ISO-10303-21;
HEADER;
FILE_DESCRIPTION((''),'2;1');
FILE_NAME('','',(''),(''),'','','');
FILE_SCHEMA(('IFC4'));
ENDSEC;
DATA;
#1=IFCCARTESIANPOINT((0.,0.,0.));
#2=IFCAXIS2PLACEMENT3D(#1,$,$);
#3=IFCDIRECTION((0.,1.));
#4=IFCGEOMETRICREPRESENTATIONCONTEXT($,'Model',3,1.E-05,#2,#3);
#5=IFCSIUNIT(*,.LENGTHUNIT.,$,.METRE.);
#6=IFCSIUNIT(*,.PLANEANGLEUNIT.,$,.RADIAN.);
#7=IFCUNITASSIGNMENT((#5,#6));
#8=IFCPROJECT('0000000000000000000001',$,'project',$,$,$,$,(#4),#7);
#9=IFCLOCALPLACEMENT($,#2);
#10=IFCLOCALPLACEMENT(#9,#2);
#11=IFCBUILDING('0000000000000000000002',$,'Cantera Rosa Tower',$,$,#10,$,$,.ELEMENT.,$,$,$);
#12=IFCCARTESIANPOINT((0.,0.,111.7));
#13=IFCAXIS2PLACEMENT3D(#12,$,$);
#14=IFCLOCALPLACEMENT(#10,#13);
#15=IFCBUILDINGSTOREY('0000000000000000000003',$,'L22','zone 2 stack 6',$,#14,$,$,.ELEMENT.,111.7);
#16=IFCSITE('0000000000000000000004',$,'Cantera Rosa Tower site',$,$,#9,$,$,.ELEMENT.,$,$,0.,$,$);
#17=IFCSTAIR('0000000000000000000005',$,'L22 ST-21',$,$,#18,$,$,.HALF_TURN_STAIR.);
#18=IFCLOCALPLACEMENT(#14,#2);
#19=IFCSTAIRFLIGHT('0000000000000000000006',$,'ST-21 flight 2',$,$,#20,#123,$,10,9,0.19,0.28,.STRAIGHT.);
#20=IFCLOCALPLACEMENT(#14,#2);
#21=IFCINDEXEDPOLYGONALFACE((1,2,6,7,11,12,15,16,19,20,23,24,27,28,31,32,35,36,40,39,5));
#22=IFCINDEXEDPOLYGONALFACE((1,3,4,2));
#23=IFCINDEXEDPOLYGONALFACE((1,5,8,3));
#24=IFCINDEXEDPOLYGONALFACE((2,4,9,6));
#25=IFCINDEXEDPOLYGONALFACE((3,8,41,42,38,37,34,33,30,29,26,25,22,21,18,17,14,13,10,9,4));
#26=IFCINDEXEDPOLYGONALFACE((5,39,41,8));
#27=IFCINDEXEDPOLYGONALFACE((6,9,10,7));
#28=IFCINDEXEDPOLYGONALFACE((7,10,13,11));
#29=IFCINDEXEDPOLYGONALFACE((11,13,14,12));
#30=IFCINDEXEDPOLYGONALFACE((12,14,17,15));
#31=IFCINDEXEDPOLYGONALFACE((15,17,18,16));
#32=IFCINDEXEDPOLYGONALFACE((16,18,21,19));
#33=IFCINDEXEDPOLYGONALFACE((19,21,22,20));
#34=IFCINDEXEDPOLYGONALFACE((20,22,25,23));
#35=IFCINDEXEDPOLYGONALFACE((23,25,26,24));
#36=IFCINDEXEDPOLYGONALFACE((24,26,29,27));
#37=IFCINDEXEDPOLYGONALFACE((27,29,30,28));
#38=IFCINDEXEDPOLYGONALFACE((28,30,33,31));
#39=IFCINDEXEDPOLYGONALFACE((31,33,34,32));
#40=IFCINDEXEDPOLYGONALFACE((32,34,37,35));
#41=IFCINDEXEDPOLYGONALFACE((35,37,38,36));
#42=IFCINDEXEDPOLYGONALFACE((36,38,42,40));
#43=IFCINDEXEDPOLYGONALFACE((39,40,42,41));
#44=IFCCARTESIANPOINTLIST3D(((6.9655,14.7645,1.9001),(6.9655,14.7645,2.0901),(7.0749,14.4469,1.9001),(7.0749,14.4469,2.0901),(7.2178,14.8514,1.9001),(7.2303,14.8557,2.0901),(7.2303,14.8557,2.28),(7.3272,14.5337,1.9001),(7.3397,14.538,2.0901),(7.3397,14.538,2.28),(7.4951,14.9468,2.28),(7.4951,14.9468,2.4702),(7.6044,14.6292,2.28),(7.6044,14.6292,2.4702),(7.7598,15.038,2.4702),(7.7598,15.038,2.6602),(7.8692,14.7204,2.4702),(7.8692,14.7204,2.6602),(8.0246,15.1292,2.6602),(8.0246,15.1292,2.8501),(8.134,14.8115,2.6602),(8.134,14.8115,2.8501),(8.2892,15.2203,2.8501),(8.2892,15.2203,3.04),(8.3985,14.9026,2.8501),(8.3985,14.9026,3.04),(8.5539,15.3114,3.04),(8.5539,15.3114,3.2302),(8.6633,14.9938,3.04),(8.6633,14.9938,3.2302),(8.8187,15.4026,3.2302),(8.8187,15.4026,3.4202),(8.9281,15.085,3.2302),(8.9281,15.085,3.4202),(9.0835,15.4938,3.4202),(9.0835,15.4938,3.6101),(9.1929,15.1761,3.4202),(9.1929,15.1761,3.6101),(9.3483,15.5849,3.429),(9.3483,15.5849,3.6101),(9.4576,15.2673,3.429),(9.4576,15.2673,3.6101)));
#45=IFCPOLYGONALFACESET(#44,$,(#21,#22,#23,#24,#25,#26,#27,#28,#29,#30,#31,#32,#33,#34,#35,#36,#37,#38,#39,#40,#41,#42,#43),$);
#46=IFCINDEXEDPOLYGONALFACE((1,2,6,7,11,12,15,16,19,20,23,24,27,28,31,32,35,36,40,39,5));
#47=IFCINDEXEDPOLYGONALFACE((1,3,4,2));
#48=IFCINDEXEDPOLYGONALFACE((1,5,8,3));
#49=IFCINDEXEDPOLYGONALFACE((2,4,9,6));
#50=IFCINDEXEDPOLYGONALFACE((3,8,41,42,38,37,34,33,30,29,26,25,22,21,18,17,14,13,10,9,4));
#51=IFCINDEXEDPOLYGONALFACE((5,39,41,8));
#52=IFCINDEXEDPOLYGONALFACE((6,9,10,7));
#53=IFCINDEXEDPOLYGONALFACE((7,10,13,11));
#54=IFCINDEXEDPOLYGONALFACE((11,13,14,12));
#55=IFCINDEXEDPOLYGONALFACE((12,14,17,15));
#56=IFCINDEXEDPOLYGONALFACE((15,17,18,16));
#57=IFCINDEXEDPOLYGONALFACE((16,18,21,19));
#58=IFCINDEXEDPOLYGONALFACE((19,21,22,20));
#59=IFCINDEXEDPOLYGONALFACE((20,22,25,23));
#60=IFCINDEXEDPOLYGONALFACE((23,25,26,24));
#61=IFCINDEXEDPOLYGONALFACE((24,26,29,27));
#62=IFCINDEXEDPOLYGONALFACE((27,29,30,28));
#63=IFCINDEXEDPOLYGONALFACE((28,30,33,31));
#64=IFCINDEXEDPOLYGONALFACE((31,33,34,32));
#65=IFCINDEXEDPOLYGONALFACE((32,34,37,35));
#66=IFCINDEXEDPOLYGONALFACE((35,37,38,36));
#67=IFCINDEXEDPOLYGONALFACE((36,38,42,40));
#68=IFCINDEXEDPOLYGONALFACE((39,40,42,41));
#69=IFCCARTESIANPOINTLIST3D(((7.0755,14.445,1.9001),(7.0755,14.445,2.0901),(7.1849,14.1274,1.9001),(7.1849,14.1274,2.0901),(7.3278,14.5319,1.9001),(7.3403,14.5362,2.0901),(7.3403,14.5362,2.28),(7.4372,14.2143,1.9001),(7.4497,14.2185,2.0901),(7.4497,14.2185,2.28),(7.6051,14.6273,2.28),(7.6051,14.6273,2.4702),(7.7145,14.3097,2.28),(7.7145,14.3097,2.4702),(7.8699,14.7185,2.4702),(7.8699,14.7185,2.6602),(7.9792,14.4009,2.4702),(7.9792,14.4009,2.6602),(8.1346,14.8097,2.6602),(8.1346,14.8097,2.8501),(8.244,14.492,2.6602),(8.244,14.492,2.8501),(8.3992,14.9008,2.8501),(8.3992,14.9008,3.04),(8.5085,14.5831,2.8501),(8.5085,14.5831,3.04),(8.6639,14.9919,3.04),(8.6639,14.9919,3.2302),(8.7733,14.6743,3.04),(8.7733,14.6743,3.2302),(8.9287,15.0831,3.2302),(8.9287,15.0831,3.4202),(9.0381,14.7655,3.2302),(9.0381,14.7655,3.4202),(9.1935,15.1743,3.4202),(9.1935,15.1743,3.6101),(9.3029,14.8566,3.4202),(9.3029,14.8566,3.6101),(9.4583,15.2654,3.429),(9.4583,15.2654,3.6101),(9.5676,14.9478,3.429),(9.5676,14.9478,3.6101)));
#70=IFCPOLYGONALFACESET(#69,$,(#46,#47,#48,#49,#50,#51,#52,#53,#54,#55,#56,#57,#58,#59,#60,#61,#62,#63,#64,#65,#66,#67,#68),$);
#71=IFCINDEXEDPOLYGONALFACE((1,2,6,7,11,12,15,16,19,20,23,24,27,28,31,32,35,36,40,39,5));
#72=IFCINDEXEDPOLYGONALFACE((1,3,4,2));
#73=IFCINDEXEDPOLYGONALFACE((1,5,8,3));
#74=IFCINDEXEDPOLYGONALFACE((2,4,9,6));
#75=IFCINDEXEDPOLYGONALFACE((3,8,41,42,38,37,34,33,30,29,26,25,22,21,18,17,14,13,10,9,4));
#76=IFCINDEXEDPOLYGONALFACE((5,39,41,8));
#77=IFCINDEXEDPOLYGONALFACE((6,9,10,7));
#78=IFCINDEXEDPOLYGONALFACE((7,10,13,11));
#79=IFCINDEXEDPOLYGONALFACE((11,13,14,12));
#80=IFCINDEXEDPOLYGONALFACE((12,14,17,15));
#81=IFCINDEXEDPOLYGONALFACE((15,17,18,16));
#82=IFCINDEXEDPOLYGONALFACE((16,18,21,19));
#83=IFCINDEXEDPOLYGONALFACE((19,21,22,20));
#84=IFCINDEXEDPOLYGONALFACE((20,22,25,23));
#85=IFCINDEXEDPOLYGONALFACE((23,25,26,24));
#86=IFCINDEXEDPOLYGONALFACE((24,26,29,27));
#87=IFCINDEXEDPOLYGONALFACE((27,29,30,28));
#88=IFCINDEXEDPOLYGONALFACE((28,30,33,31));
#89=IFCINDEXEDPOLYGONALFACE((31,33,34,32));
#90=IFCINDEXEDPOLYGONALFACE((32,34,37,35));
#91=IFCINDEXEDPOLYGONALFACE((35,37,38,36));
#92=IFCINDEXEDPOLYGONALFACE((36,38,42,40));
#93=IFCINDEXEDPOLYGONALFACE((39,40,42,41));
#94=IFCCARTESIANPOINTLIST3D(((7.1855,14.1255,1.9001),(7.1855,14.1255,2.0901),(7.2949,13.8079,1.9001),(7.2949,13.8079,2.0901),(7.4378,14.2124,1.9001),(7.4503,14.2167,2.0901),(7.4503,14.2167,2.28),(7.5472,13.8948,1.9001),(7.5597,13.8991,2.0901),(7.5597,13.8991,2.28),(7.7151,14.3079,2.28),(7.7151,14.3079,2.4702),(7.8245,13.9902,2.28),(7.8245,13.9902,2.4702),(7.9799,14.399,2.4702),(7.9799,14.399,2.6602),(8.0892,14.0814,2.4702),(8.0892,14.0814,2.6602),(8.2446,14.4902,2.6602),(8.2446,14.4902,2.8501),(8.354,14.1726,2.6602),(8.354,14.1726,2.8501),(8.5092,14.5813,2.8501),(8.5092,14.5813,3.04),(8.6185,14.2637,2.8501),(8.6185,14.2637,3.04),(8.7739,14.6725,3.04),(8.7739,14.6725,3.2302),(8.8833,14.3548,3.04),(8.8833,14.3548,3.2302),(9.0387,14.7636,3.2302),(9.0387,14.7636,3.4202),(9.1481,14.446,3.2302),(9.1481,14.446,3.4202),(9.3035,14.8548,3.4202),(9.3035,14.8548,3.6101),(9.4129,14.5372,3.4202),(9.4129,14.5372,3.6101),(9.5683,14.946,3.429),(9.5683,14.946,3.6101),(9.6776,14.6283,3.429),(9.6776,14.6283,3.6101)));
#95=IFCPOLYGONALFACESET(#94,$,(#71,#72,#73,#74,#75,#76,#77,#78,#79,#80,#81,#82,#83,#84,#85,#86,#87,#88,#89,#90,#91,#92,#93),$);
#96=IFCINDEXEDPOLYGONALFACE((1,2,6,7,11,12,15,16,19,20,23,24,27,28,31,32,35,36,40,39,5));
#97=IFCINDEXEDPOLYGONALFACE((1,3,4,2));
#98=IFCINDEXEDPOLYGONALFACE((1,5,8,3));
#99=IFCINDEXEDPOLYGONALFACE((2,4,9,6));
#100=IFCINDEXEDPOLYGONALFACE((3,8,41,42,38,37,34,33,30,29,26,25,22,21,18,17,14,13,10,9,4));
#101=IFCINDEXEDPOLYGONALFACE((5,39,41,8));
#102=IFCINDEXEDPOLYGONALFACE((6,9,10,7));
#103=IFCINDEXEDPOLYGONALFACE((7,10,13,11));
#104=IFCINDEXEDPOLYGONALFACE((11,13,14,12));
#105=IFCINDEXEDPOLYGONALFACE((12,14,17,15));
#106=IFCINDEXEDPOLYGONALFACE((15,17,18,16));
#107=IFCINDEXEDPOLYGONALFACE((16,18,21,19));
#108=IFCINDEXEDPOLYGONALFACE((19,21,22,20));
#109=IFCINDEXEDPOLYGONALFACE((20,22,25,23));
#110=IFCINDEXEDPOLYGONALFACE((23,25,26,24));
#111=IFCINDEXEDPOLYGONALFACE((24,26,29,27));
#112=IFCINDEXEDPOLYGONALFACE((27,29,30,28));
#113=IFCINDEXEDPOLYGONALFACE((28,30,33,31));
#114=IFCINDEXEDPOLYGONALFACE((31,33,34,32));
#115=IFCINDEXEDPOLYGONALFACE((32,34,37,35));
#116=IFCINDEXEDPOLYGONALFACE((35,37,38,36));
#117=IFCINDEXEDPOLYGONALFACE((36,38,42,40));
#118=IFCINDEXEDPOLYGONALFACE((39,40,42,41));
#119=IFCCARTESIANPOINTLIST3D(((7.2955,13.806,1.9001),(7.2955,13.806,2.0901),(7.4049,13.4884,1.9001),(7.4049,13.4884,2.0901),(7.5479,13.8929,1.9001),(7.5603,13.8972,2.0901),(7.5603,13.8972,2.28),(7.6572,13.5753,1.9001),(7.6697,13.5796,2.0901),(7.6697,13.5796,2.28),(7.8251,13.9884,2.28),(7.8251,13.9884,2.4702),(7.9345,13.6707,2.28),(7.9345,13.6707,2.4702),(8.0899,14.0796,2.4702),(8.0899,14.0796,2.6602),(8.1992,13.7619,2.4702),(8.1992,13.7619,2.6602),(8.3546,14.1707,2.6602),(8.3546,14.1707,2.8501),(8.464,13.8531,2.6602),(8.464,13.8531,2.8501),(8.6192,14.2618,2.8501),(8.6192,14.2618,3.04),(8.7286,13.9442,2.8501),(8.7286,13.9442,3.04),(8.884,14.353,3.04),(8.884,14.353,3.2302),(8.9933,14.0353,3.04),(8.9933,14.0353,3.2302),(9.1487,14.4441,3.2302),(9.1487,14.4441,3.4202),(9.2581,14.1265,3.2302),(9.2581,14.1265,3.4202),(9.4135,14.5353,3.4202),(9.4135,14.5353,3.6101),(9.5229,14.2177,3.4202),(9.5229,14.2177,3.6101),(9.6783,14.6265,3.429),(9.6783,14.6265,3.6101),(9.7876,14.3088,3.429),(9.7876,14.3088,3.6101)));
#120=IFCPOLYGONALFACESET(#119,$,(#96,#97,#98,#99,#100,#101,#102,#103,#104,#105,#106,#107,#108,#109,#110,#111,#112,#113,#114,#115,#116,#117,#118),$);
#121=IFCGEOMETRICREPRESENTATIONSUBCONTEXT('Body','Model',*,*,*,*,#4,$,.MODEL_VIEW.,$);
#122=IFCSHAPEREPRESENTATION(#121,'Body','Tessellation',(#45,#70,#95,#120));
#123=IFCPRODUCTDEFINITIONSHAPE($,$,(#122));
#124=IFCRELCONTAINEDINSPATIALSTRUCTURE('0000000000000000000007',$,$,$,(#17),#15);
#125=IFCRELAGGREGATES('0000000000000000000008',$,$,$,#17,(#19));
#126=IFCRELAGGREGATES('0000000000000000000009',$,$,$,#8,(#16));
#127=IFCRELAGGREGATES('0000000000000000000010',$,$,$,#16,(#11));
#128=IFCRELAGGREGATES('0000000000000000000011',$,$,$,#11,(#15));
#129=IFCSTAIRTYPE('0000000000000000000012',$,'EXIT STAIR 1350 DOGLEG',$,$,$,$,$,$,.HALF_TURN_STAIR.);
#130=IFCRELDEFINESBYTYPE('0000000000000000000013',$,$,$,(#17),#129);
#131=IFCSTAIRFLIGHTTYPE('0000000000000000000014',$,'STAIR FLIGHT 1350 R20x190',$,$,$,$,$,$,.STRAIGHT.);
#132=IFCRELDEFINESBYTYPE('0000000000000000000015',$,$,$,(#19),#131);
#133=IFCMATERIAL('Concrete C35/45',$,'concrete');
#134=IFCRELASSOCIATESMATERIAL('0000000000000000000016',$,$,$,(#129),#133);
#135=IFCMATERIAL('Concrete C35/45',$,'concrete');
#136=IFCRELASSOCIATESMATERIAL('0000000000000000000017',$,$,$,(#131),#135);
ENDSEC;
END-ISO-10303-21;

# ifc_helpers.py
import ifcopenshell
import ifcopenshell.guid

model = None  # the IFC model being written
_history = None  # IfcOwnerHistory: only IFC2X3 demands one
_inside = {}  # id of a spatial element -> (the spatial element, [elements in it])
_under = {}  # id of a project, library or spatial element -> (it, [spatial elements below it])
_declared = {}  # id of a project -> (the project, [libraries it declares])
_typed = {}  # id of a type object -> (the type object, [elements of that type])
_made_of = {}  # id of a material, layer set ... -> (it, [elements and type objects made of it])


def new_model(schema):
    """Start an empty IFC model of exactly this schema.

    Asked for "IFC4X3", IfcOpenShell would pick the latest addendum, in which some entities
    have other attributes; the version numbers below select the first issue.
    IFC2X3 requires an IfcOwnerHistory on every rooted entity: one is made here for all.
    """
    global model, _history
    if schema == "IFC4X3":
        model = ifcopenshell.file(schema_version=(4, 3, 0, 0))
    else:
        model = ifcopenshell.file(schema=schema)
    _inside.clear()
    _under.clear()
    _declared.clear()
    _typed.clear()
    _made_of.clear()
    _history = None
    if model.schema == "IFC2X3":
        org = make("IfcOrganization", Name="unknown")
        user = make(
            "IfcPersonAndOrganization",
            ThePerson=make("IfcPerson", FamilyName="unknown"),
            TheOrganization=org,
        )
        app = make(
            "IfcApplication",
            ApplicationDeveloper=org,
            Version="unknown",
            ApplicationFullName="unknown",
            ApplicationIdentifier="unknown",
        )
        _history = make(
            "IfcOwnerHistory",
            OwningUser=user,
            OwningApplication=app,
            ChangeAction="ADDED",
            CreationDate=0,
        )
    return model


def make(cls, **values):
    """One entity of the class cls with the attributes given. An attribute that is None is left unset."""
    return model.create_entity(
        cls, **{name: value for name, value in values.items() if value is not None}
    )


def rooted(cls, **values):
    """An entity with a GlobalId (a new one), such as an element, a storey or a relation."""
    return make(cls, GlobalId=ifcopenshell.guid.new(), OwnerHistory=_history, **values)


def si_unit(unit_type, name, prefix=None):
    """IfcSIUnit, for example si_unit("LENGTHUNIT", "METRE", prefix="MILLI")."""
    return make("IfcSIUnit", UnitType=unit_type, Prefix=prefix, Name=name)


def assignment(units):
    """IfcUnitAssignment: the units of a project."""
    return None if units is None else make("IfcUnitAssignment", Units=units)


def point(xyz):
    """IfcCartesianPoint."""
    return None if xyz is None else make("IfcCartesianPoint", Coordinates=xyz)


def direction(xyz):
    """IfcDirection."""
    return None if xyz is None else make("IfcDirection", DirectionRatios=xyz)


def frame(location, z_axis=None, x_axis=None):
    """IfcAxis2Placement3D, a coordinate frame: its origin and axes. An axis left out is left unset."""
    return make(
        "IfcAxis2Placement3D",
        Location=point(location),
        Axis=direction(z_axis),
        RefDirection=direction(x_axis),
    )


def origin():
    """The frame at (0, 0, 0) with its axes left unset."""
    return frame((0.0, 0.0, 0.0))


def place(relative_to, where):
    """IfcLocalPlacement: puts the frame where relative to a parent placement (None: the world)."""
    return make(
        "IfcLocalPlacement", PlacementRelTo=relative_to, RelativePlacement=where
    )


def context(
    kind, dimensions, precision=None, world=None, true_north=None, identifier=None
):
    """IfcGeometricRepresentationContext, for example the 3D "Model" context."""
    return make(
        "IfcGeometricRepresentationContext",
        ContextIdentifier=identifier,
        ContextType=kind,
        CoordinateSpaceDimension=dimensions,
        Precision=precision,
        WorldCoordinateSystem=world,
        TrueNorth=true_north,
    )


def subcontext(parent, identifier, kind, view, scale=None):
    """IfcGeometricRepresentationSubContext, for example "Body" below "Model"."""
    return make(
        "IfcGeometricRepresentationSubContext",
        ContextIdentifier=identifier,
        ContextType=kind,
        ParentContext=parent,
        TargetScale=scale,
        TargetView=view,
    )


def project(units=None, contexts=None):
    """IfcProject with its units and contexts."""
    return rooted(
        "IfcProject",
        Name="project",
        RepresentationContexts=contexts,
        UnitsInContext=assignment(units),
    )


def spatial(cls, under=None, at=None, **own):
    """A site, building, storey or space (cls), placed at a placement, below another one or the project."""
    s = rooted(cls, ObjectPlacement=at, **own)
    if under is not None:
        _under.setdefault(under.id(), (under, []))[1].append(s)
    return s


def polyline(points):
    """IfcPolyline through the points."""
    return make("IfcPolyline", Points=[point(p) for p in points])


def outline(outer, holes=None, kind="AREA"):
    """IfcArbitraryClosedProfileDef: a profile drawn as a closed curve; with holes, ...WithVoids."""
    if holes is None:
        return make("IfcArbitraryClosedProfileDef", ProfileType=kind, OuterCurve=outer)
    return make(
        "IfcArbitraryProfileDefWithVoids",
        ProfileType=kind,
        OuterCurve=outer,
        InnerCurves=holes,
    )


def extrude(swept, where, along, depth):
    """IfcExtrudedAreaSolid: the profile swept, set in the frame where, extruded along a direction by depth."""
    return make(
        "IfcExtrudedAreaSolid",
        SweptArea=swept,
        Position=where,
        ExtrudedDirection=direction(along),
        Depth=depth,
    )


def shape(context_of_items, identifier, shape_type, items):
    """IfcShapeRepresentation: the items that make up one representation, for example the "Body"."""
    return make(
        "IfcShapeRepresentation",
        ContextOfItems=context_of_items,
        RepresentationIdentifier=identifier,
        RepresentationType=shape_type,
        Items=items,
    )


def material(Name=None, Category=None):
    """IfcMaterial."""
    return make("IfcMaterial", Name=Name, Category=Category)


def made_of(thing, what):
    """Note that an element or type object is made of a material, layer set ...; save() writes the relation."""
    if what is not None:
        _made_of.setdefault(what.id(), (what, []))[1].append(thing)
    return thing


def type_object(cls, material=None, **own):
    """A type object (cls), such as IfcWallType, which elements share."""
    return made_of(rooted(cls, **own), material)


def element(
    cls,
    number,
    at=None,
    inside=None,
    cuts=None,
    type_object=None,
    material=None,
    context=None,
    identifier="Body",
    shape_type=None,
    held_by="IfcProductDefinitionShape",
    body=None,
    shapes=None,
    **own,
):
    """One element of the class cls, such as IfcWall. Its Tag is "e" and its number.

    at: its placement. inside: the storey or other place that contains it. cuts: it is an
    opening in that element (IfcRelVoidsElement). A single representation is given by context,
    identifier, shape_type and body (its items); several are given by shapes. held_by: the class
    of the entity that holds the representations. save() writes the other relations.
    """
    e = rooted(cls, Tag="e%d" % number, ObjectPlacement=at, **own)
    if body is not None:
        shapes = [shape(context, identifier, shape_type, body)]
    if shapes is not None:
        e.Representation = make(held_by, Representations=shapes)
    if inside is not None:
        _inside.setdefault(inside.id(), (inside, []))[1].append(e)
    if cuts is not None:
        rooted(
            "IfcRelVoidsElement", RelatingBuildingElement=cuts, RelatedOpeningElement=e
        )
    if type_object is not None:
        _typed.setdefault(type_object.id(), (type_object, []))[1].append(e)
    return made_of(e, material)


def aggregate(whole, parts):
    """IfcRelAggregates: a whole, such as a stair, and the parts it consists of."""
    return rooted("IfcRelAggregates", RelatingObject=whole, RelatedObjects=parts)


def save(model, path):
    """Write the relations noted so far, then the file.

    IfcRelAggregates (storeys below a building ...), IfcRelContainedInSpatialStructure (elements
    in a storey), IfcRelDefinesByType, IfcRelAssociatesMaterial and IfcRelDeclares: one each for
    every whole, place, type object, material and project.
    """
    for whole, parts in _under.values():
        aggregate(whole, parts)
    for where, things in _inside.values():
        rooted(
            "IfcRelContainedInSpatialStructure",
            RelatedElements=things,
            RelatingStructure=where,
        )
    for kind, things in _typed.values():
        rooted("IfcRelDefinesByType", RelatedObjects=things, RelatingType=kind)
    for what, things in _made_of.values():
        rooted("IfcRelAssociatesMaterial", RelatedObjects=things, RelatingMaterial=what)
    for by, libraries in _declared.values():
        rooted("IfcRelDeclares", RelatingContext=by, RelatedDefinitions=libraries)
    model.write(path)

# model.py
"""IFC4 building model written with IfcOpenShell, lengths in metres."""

from ifc_helpers import new_model, si_unit, direction, frame, origin, place, context, subcontext, project, spatial, polyline, outline, extrude, material, type_object, element, aggregate, save


model = new_model("IFC4")

# Units and contexts
model_context = context("Model", 3, precision=1e-05, world=origin(), true_north=direction((0.0, 1.0)))
body_context = subcontext(model_context, "Body", "Model", "MODEL_VIEW")
ifc_project = project(units=[si_unit("LENGTHUNIT", "METRE"), si_unit("PLANEANGLEUNIT", "RADIAN")], contexts=[model_context])

# Site, building, storey
site_placement = place(None, origin())
site = spatial("IfcSite", under=ifc_project, at=site_placement, Name="Cantera Rosa Tower site", CompositionType="ELEMENT", RefElevation=0.0)
building_placement = place(site_placement, origin())
building = spatial("IfcBuilding", under=site, at=building_placement, Name="Cantera Rosa Tower", CompositionType="ELEMENT")
storey_placement = place(building_placement, frame((0.0, 0.0, 111.7)))
storey = spatial("IfcBuildingStorey", under=building, at=storey_placement, Name="L22", Description="zone 2 stack 6", CompositionType="ELEMENT", Elevation=111.7)

# Stair
ifc_material_1 = material(Name="Concrete C35/45", Category="concrete")
stair_type = type_object("IfcStairType", Name="EXIT STAIR 1350 DOGLEG", PredefinedType="HALF_TURN_STAIR", material=ifc_material_1)
stair_1_placement = place(storey_placement, origin())
stair_1 = element("IfcStair", 1, at=stair_1_placement, inside=storey, type_object=stair_type, Name="L22 ST-21", PredefinedType="HALF_TURN_STAIR")

# Stair flight
ifc_material_2 = material(Name="Concrete C35/45", Category="concrete")
stair_flight_type = type_object("IfcStairFlightType", Name="STAIR FLIGHT 1350 R20x190", PredefinedType="STRAIGHT", material=ifc_material_2)
stair_flight_placement = place(storey_placement, frame((7.1853, 14.1262, 1.9001), z_axis=(0.0, 0.0, 1.0), x_axis=(0.945519, 0.325568, 0.0)))
stair_flight = element("IfcStairFlight", 2, at=stair_flight_placement, type_object=stair_flight_type, Name="ST-21 flight 2", NumberOfRisers=10, NumberOfTreads=9, PredefinedType="STRAIGHT", RiserHeight=0.19, TreadLength=0.28, context=body_context, shape_type="SweptSolid", body=[
    extrude(outline(polyline([(0.0, 0.0), (0.0, 0.1899), (0.28, 0.1899), (0.28, 0.3799), (0.5601, 0.3799), (0.5601, 0.5701), (0.8401, 0.5701), (0.8401, 0.76), (1.1201, 0.76), (1.1201, 0.95), (1.3999, 0.95), (1.3999, 1.1399), (1.6799, 1.1399), (1.6799, 1.3301), (1.96, 1.3301), (1.96, 1.52), (2.24, 1.52), (2.24, 1.71), (2.52, 1.71), (2.52, 1.8999), (2.52, 1.5288), (0.2668, 0.0), (0.0, 0.0)])), frame((0.0, 0.675, 0.0), z_axis=(0.0, -1.0, 0.0), x_axis=(1.0, 0.0, 0.0)), (0.0, 0.0, 1.0), 0.3359),
    extrude(outline(polyline([(0.0, 0.0), (0.0, 0.1899), (0.28, 0.1899), (0.28, 0.3799), (0.5601, 0.3799), (0.5601, 0.5701), (0.8401, 0.5701), (0.8401, 0.76), (1.1201, 0.76), (1.1201, 0.95), (1.3999, 0.95), (1.3999, 1.1399), (1.6799, 1.1399), (1.6799, 1.3301), (1.96, 1.3301), (1.96, 1.52), (2.24, 1.52), (2.24, 1.71), (2.52, 1.71), (2.52, 1.8999), (2.52, 1.5288), (0.2668, 0.0), (0.0, 0.0)])), frame((0.0, 0.3372, 0.0), z_axis=(0.0, -1.0, 0.0), x_axis=(1.0, 0.0, 0.0)), (0.0, 0.0, 1.0), 0.3359),
    extrude(outline(polyline([(0.0, 0.0), (0.0, 0.1899), (0.28, 0.1899), (0.28, 0.3799), (0.5601, 0.3799), (0.5601, 0.5701), (0.8401, 0.5701), (0.8401, 0.76), (1.1201, 0.76), (1.1201, 0.95), (1.3999, 0.95), (1.3999, 1.1399), (1.6799, 1.1399), (1.6799, 1.3301), (1.96, 1.3301), (1.96, 1.52), (2.24, 1.52), (2.24, 1.71), (2.52, 1.71), (2.52, 1.8999), (2.52, 1.5288), (0.2668, 0.0), (0.0, 0.0)])), frame((0.0, -0.0007, 0.0), z_axis=(0.0, -1.0, 0.0), x_axis=(1.0, 0.0, 0.0)), (0.0, 0.0, 1.0), 0.3359),
    extrude(outline(polyline([(0.0, 0.0), (0.0, 0.1899), (0.28, 0.1899), (0.28, 0.3799), (0.5601, 0.3799), (0.5601, 0.5701), (0.8401, 0.5701), (0.8401, 0.76), (1.1201, 0.76), (1.1201, 0.95), (1.3999, 0.95), (1.3999, 1.1399), (1.6799, 1.1399), (1.6799, 1.3301), (1.96, 1.3301), (1.96, 1.52), (2.24, 1.52), (2.24, 1.71), (2.52, 1.71), (2.52, 1.8999), (2.52, 1.5288), (0.2668, 0.0), (0.0, 0.0)])), frame((0.0, -0.3386, 0.0), z_axis=(0.0, -1.0, 0.0), x_axis=(1.0, 0.0, 0.0)), (0.0, 0.0, 1.0), 0.3359),
])
aggregate(stair_1, [stair_flight])

save(model, "model.ifc")
